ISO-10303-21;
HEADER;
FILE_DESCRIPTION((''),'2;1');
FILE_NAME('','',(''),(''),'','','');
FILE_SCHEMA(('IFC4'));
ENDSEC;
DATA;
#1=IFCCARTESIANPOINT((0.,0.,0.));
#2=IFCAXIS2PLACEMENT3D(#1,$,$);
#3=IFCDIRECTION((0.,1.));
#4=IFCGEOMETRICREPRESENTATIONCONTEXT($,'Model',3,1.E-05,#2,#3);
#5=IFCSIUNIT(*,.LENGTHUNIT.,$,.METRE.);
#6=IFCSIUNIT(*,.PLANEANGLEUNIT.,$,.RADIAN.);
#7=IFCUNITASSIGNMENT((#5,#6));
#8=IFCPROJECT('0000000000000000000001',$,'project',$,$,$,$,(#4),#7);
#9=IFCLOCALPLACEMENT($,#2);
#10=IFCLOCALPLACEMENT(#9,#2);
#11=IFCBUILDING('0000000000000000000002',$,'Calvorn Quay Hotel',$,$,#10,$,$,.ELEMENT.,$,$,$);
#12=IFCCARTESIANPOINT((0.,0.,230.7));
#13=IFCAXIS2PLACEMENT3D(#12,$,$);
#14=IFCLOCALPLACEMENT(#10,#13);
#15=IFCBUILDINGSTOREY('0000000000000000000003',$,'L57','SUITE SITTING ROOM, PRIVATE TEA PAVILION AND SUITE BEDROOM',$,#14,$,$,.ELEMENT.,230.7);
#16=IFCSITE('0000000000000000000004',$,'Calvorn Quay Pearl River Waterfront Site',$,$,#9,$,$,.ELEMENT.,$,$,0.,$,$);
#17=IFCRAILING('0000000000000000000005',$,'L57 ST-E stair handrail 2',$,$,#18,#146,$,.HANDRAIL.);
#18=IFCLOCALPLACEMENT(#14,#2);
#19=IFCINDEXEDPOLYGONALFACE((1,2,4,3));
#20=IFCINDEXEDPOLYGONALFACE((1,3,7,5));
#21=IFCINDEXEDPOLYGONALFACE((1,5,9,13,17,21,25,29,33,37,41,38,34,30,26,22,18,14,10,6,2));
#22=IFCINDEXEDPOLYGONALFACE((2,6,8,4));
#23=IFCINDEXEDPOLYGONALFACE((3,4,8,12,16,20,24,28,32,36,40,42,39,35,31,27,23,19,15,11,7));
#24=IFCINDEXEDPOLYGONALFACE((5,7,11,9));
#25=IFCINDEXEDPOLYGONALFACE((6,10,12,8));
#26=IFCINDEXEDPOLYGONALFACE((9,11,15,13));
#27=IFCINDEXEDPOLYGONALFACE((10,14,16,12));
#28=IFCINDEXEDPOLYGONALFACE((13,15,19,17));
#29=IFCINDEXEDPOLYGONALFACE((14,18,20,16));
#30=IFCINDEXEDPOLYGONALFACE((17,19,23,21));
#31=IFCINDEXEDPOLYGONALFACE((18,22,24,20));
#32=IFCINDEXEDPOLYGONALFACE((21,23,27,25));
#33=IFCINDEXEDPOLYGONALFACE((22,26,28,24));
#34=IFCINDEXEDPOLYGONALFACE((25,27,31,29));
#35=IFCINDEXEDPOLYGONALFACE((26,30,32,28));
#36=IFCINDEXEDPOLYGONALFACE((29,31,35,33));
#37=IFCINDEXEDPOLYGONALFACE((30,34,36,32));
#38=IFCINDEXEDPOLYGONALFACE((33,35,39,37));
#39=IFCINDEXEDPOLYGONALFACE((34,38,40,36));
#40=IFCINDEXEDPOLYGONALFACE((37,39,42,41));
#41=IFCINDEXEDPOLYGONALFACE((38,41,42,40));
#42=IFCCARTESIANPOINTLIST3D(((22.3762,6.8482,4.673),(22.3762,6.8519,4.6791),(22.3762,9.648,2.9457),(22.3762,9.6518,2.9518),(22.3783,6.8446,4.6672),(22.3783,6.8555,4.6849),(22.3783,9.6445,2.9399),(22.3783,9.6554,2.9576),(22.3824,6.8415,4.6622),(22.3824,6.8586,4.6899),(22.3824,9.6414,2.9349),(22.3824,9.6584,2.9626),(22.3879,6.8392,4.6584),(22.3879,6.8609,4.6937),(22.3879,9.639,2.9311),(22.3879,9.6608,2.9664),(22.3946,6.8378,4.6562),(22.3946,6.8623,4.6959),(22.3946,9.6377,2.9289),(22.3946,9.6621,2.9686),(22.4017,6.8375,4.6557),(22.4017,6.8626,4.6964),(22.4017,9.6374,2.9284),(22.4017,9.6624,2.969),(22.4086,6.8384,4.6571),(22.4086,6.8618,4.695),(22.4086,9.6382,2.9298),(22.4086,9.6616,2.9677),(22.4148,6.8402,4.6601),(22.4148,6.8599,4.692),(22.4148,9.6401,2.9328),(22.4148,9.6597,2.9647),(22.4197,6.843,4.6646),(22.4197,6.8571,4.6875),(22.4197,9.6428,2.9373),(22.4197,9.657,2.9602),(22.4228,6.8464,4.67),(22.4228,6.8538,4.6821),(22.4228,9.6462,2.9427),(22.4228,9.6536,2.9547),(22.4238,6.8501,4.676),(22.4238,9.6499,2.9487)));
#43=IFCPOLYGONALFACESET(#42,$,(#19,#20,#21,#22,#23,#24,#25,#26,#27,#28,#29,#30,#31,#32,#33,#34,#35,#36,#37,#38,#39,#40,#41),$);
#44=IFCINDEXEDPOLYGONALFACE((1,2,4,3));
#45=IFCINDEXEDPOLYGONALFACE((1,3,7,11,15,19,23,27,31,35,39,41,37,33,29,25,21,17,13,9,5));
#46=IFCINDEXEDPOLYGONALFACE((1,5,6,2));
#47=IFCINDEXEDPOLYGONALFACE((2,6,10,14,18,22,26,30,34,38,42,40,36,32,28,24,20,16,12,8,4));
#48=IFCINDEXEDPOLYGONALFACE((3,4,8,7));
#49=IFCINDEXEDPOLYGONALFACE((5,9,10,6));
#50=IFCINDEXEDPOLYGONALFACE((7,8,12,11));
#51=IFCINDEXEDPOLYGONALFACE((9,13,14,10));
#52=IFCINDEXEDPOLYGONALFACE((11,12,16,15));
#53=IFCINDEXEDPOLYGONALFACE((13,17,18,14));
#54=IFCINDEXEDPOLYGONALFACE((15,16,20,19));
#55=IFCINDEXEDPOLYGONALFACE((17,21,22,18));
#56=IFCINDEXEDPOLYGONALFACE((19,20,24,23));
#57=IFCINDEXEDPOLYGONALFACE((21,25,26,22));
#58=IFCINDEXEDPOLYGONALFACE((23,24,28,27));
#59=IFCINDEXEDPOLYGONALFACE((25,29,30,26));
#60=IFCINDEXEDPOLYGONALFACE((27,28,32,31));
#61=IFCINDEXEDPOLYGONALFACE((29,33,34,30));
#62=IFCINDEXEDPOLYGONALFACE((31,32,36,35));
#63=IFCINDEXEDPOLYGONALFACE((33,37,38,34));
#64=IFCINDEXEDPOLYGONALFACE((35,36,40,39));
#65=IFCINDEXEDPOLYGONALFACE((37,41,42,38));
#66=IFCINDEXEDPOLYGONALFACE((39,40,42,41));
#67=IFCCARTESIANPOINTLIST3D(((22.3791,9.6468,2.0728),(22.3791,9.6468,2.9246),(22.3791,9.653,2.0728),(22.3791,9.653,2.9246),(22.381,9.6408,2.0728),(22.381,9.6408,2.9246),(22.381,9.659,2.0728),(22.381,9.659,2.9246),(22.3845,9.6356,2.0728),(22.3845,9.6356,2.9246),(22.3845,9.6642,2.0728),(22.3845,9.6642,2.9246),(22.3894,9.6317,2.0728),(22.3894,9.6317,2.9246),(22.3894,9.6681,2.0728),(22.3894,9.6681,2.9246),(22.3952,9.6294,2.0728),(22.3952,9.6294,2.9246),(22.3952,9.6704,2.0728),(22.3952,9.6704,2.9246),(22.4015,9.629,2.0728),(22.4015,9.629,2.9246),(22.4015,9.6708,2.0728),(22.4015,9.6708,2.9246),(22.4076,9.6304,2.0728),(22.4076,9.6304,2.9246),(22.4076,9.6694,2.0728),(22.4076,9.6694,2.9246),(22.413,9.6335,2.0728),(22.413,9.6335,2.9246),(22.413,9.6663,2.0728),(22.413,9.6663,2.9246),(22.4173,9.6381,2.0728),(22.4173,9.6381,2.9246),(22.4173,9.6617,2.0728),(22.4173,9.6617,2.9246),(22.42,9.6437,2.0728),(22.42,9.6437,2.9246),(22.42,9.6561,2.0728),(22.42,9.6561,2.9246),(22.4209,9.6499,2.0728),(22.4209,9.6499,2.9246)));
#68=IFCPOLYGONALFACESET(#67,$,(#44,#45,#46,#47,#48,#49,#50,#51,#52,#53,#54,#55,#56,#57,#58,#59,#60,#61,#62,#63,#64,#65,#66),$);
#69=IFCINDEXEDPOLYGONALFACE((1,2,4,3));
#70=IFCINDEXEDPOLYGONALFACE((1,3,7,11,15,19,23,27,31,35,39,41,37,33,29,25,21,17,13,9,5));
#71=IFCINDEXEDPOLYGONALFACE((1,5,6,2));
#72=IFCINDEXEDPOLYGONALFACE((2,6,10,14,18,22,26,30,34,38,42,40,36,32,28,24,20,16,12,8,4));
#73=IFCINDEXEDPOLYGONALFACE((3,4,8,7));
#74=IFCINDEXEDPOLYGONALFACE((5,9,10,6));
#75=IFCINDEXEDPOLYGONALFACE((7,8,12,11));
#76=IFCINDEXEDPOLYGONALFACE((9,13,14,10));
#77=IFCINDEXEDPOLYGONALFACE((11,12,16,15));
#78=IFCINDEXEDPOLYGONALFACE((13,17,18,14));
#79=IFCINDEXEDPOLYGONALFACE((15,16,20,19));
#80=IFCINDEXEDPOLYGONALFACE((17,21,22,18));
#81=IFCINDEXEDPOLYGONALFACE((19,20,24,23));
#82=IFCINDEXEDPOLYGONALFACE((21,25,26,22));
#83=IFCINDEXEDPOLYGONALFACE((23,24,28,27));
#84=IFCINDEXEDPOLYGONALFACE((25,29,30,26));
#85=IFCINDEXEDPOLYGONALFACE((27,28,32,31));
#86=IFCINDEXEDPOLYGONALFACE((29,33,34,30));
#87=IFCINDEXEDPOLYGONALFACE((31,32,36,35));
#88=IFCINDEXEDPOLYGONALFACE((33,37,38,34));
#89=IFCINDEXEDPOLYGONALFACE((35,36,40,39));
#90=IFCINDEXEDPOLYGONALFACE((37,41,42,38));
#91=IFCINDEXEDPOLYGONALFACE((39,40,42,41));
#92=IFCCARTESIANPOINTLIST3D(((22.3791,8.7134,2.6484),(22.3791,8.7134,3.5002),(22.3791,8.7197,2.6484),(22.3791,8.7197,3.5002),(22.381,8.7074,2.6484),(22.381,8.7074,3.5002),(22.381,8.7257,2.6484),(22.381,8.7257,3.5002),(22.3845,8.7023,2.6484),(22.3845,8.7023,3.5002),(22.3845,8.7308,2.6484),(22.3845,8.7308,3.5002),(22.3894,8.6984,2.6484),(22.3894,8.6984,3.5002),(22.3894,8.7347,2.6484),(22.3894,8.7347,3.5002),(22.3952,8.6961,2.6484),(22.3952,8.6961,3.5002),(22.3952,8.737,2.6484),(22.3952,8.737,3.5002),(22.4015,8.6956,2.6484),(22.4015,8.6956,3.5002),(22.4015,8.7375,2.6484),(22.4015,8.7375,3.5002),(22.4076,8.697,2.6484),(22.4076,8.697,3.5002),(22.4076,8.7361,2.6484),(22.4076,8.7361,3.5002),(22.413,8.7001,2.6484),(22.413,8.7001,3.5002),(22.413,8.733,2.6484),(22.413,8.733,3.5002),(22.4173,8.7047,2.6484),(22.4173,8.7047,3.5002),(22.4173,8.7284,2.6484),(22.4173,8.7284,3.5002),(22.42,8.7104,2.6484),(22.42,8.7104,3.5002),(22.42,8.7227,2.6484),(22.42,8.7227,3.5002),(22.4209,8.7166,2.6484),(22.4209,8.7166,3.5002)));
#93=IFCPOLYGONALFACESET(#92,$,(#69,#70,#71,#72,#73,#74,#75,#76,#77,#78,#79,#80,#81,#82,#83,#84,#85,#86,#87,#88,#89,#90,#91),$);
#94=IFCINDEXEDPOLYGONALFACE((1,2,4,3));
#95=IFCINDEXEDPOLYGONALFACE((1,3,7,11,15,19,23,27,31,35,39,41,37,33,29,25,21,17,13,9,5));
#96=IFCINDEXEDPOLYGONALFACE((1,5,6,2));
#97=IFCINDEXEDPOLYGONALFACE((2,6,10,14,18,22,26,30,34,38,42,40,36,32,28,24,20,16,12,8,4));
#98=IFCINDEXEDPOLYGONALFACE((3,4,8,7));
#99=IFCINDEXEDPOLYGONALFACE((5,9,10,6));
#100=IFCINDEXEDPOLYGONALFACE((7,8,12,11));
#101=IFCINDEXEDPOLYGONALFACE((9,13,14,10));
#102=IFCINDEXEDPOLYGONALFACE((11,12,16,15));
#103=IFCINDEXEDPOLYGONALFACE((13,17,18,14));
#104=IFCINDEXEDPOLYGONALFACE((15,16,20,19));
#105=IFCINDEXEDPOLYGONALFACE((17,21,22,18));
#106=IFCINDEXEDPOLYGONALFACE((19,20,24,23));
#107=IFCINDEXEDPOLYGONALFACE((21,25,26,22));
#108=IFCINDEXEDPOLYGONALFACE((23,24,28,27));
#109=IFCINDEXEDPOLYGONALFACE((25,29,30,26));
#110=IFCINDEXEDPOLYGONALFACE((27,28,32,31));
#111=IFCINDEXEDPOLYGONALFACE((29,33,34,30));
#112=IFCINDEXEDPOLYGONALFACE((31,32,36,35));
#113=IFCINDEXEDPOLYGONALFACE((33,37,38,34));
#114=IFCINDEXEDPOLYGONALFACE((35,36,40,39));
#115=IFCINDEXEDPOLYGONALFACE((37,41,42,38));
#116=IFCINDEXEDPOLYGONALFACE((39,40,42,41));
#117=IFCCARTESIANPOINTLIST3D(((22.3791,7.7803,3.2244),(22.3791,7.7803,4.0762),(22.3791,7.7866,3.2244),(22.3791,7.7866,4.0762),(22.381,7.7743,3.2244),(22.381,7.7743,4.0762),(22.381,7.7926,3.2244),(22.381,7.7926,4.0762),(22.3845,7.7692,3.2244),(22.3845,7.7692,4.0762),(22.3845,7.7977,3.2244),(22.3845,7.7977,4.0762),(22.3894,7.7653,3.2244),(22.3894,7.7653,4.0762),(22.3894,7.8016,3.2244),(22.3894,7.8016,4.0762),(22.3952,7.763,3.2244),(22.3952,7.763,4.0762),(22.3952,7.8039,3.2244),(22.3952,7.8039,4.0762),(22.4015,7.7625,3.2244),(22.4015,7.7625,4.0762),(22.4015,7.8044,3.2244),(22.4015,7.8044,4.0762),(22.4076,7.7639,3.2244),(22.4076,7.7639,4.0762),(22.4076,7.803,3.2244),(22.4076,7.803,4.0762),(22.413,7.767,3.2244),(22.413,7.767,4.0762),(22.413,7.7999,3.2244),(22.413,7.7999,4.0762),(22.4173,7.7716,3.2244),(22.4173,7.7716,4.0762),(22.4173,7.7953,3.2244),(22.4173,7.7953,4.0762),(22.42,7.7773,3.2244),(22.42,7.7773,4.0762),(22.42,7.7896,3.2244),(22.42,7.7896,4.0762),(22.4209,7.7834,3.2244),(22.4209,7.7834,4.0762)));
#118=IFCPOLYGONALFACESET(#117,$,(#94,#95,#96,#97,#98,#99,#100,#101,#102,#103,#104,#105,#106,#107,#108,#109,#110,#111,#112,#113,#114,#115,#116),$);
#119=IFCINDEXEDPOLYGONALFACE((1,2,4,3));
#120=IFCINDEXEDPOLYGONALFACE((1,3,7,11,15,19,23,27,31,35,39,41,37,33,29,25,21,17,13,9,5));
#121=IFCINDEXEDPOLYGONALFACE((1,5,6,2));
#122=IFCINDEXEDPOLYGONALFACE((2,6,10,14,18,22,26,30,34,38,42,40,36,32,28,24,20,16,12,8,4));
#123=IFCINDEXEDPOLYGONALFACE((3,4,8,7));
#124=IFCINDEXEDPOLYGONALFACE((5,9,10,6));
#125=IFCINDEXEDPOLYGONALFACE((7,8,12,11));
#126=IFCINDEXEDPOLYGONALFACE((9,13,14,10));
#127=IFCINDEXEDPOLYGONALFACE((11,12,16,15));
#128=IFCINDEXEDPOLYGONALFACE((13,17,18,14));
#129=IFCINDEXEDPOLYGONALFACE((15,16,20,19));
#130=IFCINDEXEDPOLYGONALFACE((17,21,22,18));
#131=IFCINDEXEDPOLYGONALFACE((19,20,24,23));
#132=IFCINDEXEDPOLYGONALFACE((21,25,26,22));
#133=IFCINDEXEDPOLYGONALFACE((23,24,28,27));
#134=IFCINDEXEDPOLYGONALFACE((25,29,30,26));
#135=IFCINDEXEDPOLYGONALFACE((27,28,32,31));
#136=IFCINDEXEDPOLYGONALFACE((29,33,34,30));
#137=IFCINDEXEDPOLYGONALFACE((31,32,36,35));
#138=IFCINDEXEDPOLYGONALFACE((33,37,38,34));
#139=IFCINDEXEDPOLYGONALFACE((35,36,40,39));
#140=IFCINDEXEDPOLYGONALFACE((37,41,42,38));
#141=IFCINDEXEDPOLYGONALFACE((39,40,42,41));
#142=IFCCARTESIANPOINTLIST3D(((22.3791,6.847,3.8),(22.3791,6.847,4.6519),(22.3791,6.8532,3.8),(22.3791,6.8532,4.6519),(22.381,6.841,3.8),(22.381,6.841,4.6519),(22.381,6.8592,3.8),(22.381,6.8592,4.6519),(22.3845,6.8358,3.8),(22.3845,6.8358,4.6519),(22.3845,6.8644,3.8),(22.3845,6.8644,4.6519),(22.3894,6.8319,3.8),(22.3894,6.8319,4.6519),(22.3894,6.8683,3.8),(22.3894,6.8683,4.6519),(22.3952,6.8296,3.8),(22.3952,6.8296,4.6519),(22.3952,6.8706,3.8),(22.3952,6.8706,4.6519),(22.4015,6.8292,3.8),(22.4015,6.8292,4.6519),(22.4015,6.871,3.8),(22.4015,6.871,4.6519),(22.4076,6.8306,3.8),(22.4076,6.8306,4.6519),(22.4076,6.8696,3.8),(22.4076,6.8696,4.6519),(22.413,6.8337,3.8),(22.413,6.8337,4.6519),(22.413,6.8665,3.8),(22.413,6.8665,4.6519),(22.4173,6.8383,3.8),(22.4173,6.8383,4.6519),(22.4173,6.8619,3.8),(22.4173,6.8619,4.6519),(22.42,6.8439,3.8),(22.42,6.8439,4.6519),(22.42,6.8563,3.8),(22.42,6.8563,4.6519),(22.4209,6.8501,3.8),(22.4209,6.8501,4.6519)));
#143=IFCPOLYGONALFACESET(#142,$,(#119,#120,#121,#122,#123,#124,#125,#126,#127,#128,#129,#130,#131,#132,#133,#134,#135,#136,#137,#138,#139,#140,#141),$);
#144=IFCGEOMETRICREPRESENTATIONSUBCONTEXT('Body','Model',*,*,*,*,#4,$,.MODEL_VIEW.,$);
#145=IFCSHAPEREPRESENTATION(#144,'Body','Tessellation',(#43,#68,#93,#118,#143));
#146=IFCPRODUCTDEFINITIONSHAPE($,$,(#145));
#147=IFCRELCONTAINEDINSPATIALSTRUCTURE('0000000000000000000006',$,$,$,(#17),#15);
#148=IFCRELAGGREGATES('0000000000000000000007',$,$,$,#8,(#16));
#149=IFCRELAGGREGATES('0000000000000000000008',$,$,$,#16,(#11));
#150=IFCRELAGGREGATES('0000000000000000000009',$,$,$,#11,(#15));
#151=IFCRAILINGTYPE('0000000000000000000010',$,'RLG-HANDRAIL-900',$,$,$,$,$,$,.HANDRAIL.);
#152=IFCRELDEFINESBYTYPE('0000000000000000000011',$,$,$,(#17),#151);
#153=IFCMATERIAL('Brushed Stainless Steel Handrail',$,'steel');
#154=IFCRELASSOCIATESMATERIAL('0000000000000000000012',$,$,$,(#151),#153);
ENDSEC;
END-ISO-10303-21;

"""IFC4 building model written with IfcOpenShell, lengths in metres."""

from ifc_helpers import new_model, si_unit, direction, frame, origin, origin_2d, place, context, subcontext, project, spatial, circle, extrude, material, type_object, element, save


model = new_model("IFC4")

# Units and contexts
model_context = context("Model", 3, precision=1e-05, world=origin(), true_north=direction((0.0, 1.0)))
body_context = subcontext(model_context, "Body", "Model", "MODEL_VIEW")
ifc_project = project(units=[si_unit("LENGTHUNIT", "METRE"), si_unit("PLANEANGLEUNIT", "RADIAN")], contexts=[model_context])

# Site, building, storey
site_placement = place(None, origin())
site = spatial("IfcSite", under=ifc_project, at=site_placement, Name="Calvorn Quay Pearl River Waterfront Site", CompositionType="ELEMENT", RefElevation=0.0)
building_placement = place(site_placement, origin())
building = spatial("IfcBuilding", under=site, at=building_placement, Name="Calvorn Quay Hotel", CompositionType="ELEMENT")
storey_placement = place(building_placement, frame((0.0, 0.0, 230.7)))
storey = spatial("IfcBuildingStorey", under=building, at=storey_placement, Name="L57", Description="SUITE SITTING ROOM, PRIVATE TEA PAVILION AND SUITE BEDROOM", CompositionType="ELEMENT", Elevation=230.7)

# Railing
ifc_material_1 = material(Name="Brushed Stainless Steel Handrail", Category="steel")
railing_type_1 = type_object("IfcRailingType", Name="RLG-HANDRAIL-900", PredefinedType="HANDRAIL", material=ifc_material_1)
railing_1_placement = place(storey_placement, frame((22.3999, 9.6499, 2.0728)))
element("IfcRailing", 1, at=railing_1_placement, inside=storey, type_object=railing_type_1, Name="L57 ST-E stair handrail 2", PredefinedType="HANDRAIL", context=body_context, shape_type="SweptSolid", body=[
    extrude(circle(Radius=0.0239, at=origin_2d()), frame((0.0, 0.0, 0.876), z_axis=(0.0, -0.851069, 0.525054), x_axis=(1.0, 0.0, 0.0)), (0.0, 0.0, 1.0), 3.2898),
    extrude(circle(Radius=0.021, at=origin_2d()), origin(), (0.0, 0.0, 1.0), 0.8518),
    extrude(circle(Radius=0.021, at=origin_2d()), frame((0.0, -0.9333, 0.5757)), (0.0, 0.0, 1.0), 0.8518),
    extrude(circle(Radius=0.021, at=origin_2d()), frame((0.0, -1.8665, 1.1516)), (0.0, 0.0, 1.0), 0.8518),
    extrude(circle(Radius=0.021, at=origin_2d()), frame((0.0, -2.7998, 1.7273)), (0.0, 0.0, 1.0), 0.8518),
])

save(model, "model.ifc")
